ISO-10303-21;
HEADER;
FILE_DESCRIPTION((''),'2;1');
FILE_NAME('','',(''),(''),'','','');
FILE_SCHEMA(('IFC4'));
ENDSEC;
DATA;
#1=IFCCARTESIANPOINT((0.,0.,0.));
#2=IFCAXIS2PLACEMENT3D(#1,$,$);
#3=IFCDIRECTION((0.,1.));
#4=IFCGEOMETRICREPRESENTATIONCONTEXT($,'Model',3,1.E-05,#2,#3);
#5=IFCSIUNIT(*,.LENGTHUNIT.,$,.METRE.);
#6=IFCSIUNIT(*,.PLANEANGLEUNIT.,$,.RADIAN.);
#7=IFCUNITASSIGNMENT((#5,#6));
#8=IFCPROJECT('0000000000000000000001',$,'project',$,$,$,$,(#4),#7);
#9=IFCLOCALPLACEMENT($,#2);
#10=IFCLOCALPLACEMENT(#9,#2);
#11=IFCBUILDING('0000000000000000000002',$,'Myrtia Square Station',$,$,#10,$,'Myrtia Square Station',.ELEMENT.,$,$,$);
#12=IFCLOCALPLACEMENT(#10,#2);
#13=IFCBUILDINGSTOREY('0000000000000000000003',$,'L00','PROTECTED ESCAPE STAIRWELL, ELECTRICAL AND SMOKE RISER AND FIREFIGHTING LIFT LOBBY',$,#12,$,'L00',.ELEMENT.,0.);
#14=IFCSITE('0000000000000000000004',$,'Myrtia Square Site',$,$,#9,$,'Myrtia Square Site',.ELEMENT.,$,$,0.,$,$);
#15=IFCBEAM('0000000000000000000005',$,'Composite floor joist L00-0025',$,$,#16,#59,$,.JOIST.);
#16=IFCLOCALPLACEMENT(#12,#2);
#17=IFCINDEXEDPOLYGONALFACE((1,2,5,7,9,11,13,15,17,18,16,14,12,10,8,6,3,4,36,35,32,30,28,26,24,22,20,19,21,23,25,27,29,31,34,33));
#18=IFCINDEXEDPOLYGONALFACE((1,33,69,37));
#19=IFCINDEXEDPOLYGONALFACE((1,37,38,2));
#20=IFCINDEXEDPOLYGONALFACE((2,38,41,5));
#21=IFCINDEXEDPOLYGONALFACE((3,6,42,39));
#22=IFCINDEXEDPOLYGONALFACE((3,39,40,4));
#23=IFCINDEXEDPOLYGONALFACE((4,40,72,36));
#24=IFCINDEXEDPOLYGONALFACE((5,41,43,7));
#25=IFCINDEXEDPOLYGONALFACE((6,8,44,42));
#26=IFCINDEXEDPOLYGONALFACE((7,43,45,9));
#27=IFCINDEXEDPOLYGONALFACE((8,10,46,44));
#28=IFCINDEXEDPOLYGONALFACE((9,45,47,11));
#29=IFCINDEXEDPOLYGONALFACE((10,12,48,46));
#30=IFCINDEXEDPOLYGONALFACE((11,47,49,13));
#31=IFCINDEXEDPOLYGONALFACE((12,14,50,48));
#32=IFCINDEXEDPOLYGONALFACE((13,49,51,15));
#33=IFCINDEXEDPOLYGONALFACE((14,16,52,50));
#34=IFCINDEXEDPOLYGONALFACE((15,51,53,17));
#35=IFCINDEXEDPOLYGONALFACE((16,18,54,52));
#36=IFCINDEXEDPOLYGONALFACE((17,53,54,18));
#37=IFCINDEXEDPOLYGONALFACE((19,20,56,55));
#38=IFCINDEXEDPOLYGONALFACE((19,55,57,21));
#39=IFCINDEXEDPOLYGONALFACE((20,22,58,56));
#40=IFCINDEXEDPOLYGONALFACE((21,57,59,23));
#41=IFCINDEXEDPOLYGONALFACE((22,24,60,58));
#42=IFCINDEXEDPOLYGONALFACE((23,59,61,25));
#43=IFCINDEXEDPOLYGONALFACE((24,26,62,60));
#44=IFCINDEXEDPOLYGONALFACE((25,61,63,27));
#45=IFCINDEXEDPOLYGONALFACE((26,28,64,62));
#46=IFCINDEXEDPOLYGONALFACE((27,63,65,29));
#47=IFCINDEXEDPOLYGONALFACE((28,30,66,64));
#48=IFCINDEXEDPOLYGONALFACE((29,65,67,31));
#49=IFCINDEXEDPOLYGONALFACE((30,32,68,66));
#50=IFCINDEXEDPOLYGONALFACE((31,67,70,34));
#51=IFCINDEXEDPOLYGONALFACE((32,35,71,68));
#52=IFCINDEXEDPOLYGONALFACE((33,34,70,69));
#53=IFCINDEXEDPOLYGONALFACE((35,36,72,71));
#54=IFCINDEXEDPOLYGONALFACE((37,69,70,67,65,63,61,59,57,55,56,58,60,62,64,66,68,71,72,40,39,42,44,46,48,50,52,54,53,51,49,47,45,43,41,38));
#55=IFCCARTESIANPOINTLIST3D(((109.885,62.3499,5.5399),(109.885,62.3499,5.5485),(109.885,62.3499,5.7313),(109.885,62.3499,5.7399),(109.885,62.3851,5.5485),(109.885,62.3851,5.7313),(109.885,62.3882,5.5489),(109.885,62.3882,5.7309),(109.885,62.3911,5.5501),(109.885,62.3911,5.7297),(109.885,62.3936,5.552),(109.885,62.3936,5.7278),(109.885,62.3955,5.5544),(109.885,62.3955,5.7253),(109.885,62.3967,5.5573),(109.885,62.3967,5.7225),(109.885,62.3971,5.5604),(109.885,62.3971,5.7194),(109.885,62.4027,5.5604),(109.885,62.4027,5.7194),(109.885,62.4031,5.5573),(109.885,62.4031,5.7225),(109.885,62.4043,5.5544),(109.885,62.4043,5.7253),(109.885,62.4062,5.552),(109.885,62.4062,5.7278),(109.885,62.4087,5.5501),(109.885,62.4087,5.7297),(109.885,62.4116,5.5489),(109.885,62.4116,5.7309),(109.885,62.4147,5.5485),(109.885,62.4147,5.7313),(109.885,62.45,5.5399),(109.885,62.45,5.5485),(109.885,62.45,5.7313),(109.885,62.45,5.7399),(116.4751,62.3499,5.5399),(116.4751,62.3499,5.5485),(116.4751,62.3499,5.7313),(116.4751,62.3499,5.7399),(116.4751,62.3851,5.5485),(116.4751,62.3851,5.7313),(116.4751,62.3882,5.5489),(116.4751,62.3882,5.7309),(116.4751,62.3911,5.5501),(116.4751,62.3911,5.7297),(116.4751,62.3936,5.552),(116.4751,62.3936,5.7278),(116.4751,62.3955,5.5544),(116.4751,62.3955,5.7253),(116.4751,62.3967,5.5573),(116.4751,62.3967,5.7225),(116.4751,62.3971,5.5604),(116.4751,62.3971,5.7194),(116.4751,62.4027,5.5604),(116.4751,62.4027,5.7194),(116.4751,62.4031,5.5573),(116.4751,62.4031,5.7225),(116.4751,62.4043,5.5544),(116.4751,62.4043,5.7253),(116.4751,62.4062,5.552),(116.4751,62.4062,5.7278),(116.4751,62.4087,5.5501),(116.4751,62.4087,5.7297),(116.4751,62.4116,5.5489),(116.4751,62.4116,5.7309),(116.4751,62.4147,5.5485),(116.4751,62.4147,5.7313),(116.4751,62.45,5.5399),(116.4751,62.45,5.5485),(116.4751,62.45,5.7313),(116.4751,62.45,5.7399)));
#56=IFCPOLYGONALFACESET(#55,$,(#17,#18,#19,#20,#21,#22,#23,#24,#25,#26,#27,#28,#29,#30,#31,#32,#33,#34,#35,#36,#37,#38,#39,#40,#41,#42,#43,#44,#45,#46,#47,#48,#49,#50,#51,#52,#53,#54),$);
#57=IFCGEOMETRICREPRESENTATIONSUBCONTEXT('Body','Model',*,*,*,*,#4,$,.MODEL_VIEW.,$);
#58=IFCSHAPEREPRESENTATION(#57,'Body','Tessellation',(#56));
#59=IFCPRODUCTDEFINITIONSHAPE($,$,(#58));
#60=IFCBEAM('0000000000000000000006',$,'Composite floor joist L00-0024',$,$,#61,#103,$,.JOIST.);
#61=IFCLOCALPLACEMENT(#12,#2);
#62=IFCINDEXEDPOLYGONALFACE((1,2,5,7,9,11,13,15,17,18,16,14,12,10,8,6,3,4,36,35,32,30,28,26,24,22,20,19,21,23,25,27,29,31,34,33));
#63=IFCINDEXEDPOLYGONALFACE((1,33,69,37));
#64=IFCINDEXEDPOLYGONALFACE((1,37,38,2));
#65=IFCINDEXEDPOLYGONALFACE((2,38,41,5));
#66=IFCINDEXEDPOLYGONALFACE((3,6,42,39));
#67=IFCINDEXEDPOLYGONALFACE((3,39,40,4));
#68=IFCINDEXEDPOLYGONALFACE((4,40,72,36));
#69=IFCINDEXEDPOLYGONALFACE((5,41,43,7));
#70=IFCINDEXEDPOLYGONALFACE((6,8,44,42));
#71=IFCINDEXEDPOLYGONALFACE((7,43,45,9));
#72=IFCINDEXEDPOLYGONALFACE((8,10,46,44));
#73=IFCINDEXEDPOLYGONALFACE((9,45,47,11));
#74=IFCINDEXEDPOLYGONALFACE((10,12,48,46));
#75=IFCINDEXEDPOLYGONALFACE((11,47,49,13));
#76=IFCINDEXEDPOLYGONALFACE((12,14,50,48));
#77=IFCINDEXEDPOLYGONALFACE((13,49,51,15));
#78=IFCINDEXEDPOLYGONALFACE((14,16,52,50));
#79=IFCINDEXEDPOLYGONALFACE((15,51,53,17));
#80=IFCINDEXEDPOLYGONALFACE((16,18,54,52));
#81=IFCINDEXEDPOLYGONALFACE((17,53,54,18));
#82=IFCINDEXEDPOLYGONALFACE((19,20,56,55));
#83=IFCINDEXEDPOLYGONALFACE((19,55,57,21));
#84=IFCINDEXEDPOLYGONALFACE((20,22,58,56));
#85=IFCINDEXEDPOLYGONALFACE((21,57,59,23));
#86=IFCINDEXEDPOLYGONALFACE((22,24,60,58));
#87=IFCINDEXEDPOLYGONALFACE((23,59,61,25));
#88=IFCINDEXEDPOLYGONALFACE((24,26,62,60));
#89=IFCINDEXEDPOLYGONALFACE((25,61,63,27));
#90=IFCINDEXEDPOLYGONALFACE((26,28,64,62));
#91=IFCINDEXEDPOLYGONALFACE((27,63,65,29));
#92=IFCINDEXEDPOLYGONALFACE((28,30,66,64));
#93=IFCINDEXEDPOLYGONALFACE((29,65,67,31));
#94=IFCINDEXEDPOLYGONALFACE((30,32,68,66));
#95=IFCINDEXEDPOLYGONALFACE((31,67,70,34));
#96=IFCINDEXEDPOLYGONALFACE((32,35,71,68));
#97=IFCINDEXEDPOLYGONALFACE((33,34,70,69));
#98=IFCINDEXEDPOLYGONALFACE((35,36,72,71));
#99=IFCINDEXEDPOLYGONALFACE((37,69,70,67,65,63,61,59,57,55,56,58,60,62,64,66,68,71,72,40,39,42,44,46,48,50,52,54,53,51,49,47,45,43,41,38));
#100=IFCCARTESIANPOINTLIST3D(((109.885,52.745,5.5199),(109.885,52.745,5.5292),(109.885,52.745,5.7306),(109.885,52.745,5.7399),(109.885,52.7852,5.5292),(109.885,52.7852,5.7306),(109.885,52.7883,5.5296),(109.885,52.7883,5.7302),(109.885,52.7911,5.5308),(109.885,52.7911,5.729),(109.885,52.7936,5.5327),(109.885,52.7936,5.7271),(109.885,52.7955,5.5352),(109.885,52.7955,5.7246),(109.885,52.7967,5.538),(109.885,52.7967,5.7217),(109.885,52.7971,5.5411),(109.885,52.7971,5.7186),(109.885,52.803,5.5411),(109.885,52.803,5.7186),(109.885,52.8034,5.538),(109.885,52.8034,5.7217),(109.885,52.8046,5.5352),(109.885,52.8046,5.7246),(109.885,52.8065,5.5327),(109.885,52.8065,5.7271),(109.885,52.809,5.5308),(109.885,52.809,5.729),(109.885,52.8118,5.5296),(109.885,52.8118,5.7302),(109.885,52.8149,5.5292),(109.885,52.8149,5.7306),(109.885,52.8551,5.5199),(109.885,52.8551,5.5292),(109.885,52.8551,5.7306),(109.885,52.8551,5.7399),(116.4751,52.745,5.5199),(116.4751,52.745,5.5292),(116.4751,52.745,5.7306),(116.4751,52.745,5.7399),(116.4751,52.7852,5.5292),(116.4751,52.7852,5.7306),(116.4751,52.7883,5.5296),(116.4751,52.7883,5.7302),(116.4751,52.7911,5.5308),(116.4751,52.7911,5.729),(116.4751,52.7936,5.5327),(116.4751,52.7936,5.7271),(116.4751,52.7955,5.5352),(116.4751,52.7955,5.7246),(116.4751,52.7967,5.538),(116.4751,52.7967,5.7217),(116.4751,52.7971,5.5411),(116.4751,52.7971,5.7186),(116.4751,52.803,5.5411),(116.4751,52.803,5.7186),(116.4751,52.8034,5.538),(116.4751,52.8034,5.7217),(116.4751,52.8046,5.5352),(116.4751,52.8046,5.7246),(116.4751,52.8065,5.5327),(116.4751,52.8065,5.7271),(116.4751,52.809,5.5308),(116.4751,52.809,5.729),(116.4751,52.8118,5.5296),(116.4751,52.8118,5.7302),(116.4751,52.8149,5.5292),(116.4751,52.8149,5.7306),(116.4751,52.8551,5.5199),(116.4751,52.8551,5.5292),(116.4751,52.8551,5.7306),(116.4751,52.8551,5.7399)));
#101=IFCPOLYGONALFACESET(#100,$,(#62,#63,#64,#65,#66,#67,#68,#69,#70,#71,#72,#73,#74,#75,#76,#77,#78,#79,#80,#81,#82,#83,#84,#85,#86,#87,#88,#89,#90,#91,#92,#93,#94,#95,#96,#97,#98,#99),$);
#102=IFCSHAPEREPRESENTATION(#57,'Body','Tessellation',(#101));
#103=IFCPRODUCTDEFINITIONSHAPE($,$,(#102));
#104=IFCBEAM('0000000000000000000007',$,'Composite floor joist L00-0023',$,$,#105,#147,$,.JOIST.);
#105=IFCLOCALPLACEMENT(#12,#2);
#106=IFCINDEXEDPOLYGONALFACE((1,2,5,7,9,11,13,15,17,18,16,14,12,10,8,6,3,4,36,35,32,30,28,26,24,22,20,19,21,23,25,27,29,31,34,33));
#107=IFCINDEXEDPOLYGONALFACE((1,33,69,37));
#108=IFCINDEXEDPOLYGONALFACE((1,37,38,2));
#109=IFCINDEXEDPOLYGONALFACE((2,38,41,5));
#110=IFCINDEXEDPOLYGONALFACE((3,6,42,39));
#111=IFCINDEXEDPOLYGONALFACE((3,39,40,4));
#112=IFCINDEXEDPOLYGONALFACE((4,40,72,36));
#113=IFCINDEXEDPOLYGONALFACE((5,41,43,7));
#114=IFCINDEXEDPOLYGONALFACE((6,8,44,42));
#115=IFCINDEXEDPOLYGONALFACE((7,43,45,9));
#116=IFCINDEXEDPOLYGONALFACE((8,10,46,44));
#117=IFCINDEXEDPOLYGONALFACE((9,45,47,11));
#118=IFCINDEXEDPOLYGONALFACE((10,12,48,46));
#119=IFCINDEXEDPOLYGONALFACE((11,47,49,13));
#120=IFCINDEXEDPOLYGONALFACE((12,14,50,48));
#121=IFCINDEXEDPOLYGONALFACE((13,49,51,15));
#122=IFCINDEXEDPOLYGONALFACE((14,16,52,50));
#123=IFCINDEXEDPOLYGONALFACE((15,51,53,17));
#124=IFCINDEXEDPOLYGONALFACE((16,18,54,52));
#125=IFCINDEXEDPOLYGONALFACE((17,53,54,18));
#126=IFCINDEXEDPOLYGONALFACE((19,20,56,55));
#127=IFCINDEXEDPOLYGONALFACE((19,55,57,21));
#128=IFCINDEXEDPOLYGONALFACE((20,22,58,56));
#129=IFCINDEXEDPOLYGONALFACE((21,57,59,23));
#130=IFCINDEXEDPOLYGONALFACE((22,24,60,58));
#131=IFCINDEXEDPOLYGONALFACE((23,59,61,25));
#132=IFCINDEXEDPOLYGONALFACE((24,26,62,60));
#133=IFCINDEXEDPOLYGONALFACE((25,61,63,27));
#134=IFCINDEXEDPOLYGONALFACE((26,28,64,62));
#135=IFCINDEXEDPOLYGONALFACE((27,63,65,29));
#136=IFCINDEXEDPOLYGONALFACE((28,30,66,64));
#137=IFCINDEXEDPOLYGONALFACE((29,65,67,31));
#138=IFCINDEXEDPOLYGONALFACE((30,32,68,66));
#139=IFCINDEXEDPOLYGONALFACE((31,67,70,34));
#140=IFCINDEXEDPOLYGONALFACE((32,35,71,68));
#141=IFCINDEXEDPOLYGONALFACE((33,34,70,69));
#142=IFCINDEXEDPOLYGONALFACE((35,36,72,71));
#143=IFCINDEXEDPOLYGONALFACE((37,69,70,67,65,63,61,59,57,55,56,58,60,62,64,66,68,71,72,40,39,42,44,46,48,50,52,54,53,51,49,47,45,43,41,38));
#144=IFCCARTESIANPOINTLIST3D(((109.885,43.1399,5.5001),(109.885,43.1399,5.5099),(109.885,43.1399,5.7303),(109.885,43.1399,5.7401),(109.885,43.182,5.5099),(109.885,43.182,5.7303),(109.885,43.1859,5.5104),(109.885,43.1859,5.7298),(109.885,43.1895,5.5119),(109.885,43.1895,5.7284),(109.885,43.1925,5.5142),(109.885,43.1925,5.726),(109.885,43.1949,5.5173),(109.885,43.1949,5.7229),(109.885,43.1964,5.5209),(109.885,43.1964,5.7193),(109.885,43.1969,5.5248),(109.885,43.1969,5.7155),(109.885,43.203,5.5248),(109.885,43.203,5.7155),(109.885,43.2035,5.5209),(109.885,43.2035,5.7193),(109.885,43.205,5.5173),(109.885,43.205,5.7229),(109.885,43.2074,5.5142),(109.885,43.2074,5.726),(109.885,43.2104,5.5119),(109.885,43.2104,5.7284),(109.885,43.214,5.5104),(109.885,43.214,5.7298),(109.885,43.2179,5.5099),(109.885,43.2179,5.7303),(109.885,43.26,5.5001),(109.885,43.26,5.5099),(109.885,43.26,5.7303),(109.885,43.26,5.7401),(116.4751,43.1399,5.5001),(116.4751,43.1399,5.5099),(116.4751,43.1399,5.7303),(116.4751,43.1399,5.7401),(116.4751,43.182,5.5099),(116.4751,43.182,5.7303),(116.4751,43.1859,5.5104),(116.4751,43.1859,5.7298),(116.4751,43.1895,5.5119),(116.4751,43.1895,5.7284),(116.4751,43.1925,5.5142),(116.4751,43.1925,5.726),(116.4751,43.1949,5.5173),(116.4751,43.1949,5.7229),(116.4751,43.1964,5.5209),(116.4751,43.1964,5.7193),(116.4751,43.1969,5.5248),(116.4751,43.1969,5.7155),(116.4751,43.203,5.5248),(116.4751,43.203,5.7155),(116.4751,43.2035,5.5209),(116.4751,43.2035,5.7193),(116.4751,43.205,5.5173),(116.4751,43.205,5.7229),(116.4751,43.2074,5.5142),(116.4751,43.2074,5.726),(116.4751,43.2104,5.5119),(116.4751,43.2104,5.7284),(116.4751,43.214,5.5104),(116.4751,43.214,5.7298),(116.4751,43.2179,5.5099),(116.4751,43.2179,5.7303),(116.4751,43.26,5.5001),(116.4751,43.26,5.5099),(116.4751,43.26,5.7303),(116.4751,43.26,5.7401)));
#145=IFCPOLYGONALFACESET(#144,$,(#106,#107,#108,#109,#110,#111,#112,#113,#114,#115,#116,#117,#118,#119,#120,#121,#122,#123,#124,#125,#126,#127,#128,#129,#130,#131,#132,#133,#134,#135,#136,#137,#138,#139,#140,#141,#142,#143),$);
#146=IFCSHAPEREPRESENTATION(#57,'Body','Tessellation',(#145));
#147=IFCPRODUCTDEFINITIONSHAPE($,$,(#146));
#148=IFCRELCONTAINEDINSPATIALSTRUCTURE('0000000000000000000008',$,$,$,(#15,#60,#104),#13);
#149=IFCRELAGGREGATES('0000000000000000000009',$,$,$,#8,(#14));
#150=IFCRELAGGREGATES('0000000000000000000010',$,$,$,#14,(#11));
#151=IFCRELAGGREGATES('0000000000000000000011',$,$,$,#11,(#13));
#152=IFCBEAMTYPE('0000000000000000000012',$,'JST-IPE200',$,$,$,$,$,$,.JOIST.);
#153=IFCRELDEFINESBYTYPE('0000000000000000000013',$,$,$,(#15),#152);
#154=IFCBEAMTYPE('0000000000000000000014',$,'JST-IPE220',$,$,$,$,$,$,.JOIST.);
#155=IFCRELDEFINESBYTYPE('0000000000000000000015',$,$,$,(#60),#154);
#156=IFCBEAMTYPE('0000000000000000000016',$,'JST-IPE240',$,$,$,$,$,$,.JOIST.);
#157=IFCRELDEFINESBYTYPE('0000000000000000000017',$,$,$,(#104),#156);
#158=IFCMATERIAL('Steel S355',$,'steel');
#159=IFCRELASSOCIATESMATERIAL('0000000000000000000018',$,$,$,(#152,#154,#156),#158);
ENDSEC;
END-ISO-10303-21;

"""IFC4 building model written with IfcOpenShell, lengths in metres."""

from ifc_helpers import new_model, si_unit, direction, frame, origin, origin_2d, place, context, subcontext, project, spatial, i_section, extrude, material, material_profile, profile_set, type_object, element, save


model = new_model("IFC4")

# Units and contexts
model_context = context("Model", 3, precision=1e-05, world=origin(), true_north=direction((0.0, 1.0)))
body_context = subcontext(model_context, "Body", "Model", "MODEL_VIEW")
ifc_project = project(units=[si_unit("LENGTHUNIT", "METRE"), si_unit("PLANEANGLEUNIT", "RADIAN")], contexts=[model_context])

# Site, building, storey
site_placement = place(None, origin())
site = spatial("IfcSite", under=ifc_project, at=site_placement, Name="Myrtia Square Site", LongName="Myrtia Square Site", CompositionType="ELEMENT", RefElevation=0.0)
building_placement = place(site_placement, origin())
building = spatial("IfcBuilding", under=site, at=building_placement, Name="Myrtia Square Station", LongName="Myrtia Square Station", CompositionType="ELEMENT")
storey_placement = place(building_placement, origin())
storey = spatial("IfcBuildingStorey", under=building, at=storey_placement, Name="L00", Description="PROTECTED ESCAPE STAIRWELL, ELECTRICAL AND SMOKE RISER AND FIREFIGHTING LIFT LOBBY", LongName="L00", CompositionType="ELEMENT", Elevation=0.0)

# Shared definitions
ifc_material_1 = material(Name="Steel S355", Category="steel")

# Beams
ifc_material_profile_1 = material_profile(ifc_material_1, i_section(OverallWidth=0.1001, OverallDepth=0.2, WebThickness=0.0056, FlangeThickness=0.0085, FilletRadius=0.012, at=origin_2d()), Name="IPE 200")
ifc_profile_set_1 = profile_set([ifc_material_profile_1], Name="Steel S355")
beam_type_1 = type_object("IfcBeamType", Name="JST-IPE200", PredefinedType="JOIST", material=ifc_profile_set_1)
beam_1_placement = place(storey_placement, frame((109.885, 62.3999, 5.6399), z_axis=(1.0, 0.0, 0.0), x_axis=(0.0, 1.0, 0.0)))
element("IfcBeam", 1, at=beam_1_placement, inside=storey, type_object=beam_type_1, Name="Composite floor joist L00-0025", PredefinedType="JOIST", context=body_context, shape_type="SweptSolid", body=[
    extrude(i_section(OverallWidth=0.1001, OverallDepth=0.2, WebThickness=0.0056, FlangeThickness=0.0085, FilletRadius=0.012, at=origin_2d()), origin(), (0.0, 0.0, 1.0), 6.5901),
])
ifc_material_profile_2 = material_profile(ifc_material_1, i_section(OverallWidth=0.1101, OverallDepth=0.22, WebThickness=0.0059, FlangeThickness=0.0093, FilletRadius=0.012, at=origin_2d()), Name="IPE 220")
ifc_profile_set_2 = profile_set([ifc_material_profile_2], Name="Steel S355")
beam_type_2 = type_object("IfcBeamType", Name="JST-IPE220", PredefinedType="JOIST", material=ifc_profile_set_2)
beam_2_placement = place(storey_placement, frame((109.885, 52.8, 5.6299), z_axis=(1.0, 0.0, 0.0), x_axis=(0.0, 1.0, 0.0)))
element("IfcBeam", 2, at=beam_2_placement, inside=storey, type_object=beam_type_2, Name="Composite floor joist L00-0024", PredefinedType="JOIST", context=body_context, shape_type="SweptSolid", body=[
    extrude(i_section(OverallWidth=0.1101, OverallDepth=0.22, WebThickness=0.0059, FlangeThickness=0.0093, FilletRadius=0.012, at=origin_2d()), origin(), (0.0, 0.0, 1.0), 6.5901),
])
ifc_material_profile_3 = material_profile(ifc_material_1, i_section(OverallWidth=0.1201, OverallDepth=0.24, WebThickness=0.0061, FlangeThickness=0.0098, FilletRadius=0.0149, at=origin_2d()), Name="IPE 240")
ifc_profile_set_3 = profile_set([ifc_material_profile_3], Name="Steel S355")
beam_type_3 = type_object("IfcBeamType", Name="JST-IPE240", PredefinedType="JOIST", material=ifc_profile_set_3)
beam_3_placement = place(storey_placement, frame((109.885, 43.2, 5.6201), z_axis=(1.0, 0.0, 0.0), x_axis=(0.0, 1.0, 0.0)))
element("IfcBeam", 3, at=beam_3_placement, inside=storey, type_object=beam_type_3, Name="Composite floor joist L00-0023", PredefinedType="JOIST", context=body_context, shape_type="SweptSolid", body=[
    extrude(i_section(OverallWidth=0.1201, OverallDepth=0.24, WebThickness=0.0061, FlangeThickness=0.0098, FilletRadius=0.0149, at=origin_2d()), origin(), (0.0, 0.0, 1.0), 6.5901),
])

save(model, "model.ifc")
